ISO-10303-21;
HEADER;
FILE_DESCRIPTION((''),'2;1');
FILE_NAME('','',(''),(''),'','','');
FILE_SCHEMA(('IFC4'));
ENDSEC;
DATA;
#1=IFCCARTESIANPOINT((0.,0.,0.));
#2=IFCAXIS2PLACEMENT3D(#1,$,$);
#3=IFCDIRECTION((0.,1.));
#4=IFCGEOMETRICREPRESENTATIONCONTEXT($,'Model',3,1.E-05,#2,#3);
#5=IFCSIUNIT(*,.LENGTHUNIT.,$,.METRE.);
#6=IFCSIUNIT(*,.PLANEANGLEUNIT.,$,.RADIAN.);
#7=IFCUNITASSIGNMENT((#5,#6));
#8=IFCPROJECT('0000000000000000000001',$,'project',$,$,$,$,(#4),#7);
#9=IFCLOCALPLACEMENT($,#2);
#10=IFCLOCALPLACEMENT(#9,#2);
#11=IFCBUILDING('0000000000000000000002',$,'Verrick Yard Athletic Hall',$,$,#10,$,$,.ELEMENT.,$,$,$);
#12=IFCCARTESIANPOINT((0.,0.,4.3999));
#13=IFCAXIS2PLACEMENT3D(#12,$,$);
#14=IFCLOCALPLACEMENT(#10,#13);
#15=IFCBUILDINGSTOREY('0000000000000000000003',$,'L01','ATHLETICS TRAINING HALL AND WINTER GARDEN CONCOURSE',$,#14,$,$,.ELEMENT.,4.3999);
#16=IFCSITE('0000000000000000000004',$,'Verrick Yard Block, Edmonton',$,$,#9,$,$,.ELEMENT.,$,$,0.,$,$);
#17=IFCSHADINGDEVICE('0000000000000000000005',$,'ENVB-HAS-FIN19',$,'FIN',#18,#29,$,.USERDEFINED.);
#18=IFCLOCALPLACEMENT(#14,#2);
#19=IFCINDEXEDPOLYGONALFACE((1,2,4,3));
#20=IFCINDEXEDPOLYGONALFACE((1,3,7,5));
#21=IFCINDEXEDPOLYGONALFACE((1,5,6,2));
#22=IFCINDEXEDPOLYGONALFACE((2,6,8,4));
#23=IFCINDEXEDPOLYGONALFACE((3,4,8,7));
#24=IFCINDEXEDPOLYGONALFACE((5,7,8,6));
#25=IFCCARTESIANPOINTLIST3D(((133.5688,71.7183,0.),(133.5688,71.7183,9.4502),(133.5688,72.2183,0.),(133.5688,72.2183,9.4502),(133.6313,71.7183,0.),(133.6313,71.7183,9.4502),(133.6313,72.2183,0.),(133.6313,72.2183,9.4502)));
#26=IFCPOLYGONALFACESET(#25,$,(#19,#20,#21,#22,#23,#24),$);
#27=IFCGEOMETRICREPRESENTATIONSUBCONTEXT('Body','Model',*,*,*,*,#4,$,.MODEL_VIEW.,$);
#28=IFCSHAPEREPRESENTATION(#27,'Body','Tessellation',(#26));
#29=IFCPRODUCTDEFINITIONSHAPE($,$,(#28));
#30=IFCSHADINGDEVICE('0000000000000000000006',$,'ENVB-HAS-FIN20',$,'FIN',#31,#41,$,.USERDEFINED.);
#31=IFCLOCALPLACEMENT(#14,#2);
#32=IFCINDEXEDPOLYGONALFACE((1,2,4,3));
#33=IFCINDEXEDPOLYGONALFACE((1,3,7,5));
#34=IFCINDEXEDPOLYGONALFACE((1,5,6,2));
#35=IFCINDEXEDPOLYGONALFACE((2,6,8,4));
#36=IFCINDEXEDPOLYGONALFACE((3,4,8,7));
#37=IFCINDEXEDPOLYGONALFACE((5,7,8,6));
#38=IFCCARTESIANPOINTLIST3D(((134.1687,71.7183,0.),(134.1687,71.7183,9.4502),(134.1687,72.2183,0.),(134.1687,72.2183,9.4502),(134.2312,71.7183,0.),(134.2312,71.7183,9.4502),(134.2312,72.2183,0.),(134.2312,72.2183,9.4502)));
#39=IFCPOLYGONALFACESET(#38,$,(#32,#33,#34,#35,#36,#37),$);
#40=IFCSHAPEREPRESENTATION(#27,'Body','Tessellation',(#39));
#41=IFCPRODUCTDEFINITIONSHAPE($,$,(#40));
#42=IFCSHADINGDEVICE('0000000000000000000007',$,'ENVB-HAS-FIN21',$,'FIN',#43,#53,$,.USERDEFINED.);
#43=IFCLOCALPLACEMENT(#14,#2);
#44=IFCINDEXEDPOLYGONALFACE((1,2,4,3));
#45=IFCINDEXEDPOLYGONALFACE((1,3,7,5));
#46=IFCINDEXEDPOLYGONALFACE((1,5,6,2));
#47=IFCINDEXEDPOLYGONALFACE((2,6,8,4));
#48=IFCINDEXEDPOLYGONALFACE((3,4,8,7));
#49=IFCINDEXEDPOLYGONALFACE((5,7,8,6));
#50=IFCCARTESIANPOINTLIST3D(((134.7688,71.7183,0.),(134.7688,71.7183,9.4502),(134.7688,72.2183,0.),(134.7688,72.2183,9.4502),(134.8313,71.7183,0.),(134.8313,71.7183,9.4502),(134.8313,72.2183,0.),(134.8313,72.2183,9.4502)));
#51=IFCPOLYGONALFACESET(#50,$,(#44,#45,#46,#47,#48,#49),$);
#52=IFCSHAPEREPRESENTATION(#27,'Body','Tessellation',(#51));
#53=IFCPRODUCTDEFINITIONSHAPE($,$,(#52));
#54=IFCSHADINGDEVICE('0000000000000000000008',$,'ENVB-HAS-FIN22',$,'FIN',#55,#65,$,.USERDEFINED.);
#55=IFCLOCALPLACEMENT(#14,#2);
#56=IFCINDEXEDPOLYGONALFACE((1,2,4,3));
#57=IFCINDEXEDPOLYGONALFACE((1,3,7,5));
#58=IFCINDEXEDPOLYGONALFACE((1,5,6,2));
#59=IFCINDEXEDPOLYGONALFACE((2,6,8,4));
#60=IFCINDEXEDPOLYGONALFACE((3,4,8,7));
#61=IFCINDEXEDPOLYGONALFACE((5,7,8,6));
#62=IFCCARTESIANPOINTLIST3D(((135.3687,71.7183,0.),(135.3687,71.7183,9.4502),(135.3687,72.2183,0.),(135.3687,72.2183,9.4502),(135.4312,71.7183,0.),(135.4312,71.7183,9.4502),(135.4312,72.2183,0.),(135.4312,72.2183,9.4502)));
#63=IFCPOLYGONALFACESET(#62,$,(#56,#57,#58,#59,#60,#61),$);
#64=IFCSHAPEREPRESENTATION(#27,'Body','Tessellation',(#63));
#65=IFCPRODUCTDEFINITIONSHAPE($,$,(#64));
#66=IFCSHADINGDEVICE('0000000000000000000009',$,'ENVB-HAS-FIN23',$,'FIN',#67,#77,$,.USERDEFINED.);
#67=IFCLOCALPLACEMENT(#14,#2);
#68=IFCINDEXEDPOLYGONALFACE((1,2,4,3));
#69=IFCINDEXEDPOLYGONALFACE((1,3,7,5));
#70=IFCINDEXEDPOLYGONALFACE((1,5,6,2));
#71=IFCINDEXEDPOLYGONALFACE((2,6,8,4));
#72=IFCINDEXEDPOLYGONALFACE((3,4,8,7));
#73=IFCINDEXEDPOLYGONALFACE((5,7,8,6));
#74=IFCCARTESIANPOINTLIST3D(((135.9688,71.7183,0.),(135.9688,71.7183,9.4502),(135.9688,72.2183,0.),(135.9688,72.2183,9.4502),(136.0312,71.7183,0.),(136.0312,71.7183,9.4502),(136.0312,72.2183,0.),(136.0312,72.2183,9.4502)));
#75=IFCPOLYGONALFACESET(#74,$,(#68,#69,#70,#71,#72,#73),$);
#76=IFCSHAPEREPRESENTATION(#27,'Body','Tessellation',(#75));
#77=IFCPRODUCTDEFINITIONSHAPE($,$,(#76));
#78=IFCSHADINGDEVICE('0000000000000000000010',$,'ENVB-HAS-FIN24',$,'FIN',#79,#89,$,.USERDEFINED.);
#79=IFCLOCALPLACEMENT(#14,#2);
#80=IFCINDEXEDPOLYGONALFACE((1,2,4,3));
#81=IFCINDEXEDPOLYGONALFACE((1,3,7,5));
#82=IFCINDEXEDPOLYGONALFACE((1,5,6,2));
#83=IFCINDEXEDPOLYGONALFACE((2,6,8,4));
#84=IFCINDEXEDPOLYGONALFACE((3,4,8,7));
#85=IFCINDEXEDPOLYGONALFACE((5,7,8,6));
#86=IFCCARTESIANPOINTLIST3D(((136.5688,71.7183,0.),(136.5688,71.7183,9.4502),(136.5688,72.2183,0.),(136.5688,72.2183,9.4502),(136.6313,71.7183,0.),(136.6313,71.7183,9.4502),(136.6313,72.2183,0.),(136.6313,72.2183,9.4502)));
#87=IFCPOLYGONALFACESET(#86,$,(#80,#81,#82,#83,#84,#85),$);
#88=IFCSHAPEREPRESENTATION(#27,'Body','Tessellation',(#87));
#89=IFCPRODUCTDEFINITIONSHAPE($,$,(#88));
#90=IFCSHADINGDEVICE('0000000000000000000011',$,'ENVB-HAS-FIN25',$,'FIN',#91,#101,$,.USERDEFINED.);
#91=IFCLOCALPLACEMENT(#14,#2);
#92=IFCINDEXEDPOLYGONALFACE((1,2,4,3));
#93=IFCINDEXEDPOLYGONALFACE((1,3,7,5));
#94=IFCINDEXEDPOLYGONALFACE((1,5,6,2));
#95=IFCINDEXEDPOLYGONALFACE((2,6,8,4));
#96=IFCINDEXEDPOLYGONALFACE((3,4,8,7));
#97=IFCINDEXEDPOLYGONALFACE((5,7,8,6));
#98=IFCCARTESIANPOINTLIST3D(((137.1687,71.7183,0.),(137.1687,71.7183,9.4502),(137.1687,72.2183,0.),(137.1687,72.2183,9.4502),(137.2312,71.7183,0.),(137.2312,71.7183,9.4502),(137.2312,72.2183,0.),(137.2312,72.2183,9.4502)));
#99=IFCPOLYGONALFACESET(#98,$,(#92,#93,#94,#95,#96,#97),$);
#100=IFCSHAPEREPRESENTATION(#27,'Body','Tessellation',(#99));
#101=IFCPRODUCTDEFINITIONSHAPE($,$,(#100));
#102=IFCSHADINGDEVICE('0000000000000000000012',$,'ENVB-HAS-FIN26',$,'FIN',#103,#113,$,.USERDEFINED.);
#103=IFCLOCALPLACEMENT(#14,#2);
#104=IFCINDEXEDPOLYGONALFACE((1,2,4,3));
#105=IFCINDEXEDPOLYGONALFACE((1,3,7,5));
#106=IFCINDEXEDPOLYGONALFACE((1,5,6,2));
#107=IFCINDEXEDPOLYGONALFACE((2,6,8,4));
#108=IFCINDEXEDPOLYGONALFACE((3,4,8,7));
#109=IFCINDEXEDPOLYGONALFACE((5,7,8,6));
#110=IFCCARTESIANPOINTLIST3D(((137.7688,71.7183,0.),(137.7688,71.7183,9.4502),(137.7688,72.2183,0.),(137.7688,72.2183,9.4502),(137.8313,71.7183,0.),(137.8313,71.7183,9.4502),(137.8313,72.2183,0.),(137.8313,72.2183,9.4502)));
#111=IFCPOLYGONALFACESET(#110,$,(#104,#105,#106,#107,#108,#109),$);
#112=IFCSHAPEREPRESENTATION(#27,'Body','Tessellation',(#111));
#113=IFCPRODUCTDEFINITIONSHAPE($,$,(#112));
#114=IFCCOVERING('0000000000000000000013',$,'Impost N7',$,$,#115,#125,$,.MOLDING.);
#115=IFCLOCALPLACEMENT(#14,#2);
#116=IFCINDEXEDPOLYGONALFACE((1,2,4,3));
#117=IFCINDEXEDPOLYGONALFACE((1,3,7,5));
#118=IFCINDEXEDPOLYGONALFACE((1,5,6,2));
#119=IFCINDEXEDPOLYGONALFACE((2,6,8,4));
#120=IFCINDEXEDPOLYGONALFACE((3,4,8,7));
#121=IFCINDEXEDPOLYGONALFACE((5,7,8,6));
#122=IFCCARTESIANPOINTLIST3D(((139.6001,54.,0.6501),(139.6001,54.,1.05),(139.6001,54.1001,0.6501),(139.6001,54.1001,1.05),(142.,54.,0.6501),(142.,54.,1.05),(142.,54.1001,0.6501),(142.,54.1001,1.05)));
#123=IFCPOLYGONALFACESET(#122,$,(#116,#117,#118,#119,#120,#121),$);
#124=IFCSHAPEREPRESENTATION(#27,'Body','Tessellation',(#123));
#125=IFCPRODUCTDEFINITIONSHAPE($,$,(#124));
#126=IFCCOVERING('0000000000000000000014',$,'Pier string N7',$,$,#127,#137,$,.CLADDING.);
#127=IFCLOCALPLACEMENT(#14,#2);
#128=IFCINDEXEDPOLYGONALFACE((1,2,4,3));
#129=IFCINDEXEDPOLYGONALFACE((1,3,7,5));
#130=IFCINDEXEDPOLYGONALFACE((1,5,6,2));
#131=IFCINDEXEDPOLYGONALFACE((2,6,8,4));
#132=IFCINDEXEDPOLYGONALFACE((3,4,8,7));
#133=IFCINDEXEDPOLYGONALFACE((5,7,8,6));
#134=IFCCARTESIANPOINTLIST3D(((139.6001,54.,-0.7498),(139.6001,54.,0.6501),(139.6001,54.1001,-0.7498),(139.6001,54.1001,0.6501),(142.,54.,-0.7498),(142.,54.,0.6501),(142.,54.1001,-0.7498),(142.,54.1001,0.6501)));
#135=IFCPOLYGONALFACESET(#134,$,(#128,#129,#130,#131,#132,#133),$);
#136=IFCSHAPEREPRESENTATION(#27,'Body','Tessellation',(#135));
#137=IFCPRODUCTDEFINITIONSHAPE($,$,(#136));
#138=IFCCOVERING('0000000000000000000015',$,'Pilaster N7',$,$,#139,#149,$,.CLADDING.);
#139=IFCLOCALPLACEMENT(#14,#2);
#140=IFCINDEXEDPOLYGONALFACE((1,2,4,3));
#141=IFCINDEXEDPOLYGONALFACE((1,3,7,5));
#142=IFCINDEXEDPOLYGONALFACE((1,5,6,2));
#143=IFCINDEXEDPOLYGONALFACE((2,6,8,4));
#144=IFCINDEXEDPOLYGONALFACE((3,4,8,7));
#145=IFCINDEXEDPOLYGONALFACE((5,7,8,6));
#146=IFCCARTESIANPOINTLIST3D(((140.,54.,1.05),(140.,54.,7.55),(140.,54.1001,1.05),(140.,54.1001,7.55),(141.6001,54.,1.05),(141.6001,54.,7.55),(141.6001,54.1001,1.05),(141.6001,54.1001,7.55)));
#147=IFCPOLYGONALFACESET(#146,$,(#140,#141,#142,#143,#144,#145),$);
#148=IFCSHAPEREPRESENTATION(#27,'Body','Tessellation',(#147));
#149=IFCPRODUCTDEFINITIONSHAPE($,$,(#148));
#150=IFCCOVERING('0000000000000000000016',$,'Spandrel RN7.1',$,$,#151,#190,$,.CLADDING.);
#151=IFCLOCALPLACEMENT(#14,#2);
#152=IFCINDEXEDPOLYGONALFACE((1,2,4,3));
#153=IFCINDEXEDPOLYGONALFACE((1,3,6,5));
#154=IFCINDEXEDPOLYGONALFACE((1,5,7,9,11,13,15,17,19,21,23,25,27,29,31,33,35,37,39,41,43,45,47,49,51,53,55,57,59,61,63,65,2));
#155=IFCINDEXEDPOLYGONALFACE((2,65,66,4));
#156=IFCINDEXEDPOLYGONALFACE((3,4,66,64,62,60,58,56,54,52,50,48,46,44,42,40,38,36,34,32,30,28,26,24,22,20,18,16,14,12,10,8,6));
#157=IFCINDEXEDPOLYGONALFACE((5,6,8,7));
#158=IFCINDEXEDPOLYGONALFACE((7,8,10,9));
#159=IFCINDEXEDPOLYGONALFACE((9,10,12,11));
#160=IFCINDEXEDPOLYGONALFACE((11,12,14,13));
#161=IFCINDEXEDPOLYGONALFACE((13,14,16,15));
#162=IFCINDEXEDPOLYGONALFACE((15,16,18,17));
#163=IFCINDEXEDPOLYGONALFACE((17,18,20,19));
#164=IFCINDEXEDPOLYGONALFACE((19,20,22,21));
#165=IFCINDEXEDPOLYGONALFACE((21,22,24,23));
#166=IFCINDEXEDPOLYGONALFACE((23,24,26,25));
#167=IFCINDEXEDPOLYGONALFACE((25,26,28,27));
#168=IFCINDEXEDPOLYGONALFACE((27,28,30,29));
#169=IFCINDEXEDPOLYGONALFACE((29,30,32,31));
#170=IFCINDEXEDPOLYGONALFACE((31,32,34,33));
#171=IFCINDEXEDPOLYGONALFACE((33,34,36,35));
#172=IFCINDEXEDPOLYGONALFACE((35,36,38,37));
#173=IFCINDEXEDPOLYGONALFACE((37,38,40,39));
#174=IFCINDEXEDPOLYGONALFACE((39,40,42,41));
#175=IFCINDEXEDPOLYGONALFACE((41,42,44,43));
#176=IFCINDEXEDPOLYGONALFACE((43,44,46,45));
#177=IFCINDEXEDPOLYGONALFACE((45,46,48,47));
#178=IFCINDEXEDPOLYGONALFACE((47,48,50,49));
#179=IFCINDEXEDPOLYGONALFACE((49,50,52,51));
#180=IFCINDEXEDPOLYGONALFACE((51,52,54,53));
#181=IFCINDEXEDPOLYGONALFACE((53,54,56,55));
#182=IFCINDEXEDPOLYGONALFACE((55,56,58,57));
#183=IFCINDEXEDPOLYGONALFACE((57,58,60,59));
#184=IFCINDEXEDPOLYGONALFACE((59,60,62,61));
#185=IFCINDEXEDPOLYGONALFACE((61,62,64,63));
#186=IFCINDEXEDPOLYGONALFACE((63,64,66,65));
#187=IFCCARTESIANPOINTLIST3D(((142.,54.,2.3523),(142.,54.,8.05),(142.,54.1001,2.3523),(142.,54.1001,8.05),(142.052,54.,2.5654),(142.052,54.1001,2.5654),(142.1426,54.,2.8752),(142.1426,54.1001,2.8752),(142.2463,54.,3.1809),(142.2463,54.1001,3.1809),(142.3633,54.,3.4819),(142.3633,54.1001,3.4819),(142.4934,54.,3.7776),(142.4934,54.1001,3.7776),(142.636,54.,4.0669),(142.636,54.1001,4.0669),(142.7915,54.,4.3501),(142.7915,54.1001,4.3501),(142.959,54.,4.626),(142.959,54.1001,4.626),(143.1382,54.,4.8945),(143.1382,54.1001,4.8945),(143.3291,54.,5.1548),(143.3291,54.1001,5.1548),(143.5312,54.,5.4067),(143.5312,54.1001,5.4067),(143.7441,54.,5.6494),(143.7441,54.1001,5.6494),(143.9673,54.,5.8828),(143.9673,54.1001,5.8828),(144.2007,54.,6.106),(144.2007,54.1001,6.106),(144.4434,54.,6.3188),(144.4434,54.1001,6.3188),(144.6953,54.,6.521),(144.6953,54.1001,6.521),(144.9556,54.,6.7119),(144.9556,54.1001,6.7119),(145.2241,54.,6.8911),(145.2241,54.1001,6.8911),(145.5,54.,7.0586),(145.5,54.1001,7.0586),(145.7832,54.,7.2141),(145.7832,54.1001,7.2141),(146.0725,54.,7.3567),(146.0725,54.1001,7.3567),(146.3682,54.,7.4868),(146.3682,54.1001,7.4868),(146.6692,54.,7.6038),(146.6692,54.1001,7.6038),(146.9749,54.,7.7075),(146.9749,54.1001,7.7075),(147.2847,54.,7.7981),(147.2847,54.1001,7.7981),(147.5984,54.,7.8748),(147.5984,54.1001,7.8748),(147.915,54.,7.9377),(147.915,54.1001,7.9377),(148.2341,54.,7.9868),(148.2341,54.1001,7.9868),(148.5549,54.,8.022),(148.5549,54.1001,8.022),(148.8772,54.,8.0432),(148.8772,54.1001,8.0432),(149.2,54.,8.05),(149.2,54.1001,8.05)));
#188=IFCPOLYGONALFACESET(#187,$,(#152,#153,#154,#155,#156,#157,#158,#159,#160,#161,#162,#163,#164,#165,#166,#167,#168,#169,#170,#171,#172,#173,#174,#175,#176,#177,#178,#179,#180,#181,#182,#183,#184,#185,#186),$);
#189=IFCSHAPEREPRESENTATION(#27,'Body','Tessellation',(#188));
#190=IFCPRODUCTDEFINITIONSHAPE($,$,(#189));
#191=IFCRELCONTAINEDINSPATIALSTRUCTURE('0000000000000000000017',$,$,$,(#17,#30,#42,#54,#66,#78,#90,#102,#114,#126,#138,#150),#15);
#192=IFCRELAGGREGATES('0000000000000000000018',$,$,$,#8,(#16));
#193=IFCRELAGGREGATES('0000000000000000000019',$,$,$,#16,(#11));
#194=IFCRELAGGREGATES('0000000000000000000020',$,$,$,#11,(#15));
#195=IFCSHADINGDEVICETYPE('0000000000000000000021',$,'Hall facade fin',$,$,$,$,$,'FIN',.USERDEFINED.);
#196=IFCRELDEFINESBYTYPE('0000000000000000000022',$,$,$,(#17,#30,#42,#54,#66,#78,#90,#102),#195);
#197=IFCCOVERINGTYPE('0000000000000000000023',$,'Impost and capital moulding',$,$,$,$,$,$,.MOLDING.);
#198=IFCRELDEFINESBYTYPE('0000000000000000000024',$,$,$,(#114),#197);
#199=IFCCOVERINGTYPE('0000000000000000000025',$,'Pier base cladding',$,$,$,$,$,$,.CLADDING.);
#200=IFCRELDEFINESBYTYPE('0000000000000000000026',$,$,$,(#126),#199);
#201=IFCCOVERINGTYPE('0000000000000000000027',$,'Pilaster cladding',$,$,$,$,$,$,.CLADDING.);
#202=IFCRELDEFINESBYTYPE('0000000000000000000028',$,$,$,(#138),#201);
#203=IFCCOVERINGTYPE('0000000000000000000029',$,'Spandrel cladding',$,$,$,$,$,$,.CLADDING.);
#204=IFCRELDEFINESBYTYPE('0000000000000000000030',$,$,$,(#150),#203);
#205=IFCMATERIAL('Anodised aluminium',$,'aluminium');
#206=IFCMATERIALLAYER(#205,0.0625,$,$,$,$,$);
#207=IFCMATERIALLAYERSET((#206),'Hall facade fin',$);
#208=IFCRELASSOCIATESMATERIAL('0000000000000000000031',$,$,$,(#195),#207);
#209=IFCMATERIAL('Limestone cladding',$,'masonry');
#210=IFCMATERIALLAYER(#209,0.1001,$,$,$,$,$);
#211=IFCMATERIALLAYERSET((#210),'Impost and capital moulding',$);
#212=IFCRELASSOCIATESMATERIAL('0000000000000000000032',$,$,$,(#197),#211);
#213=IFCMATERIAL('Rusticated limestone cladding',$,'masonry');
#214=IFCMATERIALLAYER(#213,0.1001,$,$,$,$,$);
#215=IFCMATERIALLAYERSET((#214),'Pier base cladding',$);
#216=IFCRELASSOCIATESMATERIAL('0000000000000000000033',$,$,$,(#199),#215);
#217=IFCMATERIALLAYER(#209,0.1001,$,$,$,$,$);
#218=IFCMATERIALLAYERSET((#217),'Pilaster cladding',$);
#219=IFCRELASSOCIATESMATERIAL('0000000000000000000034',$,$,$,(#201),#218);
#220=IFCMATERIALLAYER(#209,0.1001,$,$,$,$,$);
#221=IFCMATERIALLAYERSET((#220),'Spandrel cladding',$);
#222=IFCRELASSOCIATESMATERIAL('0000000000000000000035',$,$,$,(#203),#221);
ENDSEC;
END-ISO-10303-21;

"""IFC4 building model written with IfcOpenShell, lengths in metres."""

from ifc_helpers import new_model, si_unit, direction, frame, origin, origin_2d, place, context, subcontext, project, spatial, polyline, rectangle, outline, extrude, material, layer, layer_set, type_object, element, save


model = new_model("IFC4")

# Units and contexts
model_context = context("Model", 3, precision=1e-05, world=origin(), true_north=direction((0.0, 1.0)))
body_context = subcontext(model_context, "Body", "Model", "MODEL_VIEW")
ifc_project = project(units=[si_unit("LENGTHUNIT", "METRE"), si_unit("PLANEANGLEUNIT", "RADIAN")], contexts=[model_context])

# Site, building, storey
site_placement = place(None, origin())
site = spatial("IfcSite", under=ifc_project, at=site_placement, Name="Verrick Yard Block, Edmonton", CompositionType="ELEMENT", RefElevation=0.0)
building_placement = place(site_placement, origin())
building = spatial("IfcBuilding", under=site, at=building_placement, Name="Verrick Yard Athletic Hall", CompositionType="ELEMENT")
storey_placement = place(building_placement, frame((0.0, 0.0, 4.3999)))
storey = spatial("IfcBuildingStorey", under=building, at=storey_placement, Name="L01", Description="ATHLETICS TRAINING HALL AND WINTER GARDEN CONCOURSE", CompositionType="ELEMENT", Elevation=4.3999)

# Shared definitions
ifc_material_1 = material(Name="Anodised aluminium", Category="aluminium")

# Shared definitions
ifc_material_2 = material(Name="Limestone cladding", Category="masonry")

# Shading devices
ifc_layer_1 = layer(ifc_material_1, 0.0625)
ifc_layer_set_1 = layer_set([ifc_layer_1], Name="Hall facade fin")
shading_device_type_1 = type_object("IfcShadingDeviceType", Name="Hall facade fin", ElementType="FIN", PredefinedType="USERDEFINED", material=ifc_layer_set_1)
for number, where, z_axis, x_axis, name in (
    (1, (133.6001, 71.7183, 0.0), (0.0, 0.0, 1.0), (0.0, 1.0, 0.0), "ENVB-HAS-FIN19"),
    (2, (134.2, 71.7183, 0.0), (0.0, 0.0, 1.0), (0.0, 1.0, 0.0), "ENVB-HAS-FIN20"),
    (3, (134.8, 71.7183, 0.0), (0.0, 0.0, 1.0), (0.0, 1.0, 0.0), "ENVB-HAS-FIN21"),
    (4, (135.3999, 71.7183, 0.0), (0.0, 0.0, 1.0), (0.0, 1.0, 0.0), "ENVB-HAS-FIN22"),
    (5, (136.0, 71.7183, 0.0), (0.0, 0.0, 1.0), (0.0, 1.0, 0.0), "ENVB-HAS-FIN23"),
    (6, (136.6001, 71.7183, 0.0), (0.0, 0.0, 1.0), (0.0, 1.0, 0.0), "ENVB-HAS-FIN24"),
    (7, (137.2, 71.7183, 0.0), (0.0, 0.0, 1.0), (0.0, 1.0, 0.0), "ENVB-HAS-FIN25"),
    (8, (137.8, 71.7183, 0.0), (0.0, 0.0, 1.0), (0.0, 1.0, 0.0), "ENVB-HAS-FIN26"),
):
    element("IfcShadingDevice", number, at=place(storey_placement, frame(where, z_axis=z_axis, x_axis=x_axis)), inside=storey, type_object=shading_device_type_1, Name=name, ObjectType="FIN", PredefinedType="USERDEFINED", context=body_context, shape_type="SweptSolid", body=[
        extrude(outline(polyline([(0.0, 0.0), (0.5, 0.0), (0.5, 9.4502), (0.0, 9.4502), (0.0, 0.0)])), frame((0.0, 0.0312, 0.0), z_axis=(0.0, -1.0, 0.0), x_axis=(1.0, 0.0, 0.0)), (0.0, 0.0, 1.0), 0.0625),
    ])

# Coverings
ifc_layer_2 = layer(ifc_material_2, 0.1001)
ifc_layer_set_2 = layer_set([ifc_layer_2], Name="Impost and capital moulding")
covering_type_1 = type_object("IfcCoveringType", Name="Impost and capital moulding", PredefinedType="MOLDING", material=ifc_layer_set_2)
covering_1_placement = place(storey_placement, frame((140.8, 54.05, 0.6501), z_axis=(0.0, 0.0, 1.0), x_axis=(1.0, 0.0, 0.0)))
element("IfcCovering", 9, at=covering_1_placement, inside=storey, type_object=covering_type_1, Name="Impost N7", PredefinedType="MOLDING", context=body_context, shape_type="SweptSolid", body=[
    extrude(rectangle(XDim=2.3999, YDim=0.1001, at=origin_2d()), origin(), (0.0, 0.0, 1.0), 0.3999),
])
ifc_material_3 = material(Name="Rusticated limestone cladding", Category="masonry")
ifc_layer_3 = layer(ifc_material_3, 0.1001)
ifc_layer_set_3 = layer_set([ifc_layer_3], Name="Pier base cladding")
covering_type_2 = type_object("IfcCoveringType", Name="Pier base cladding", PredefinedType="CLADDING", material=ifc_layer_set_3)
covering_2_placement = place(storey_placement, frame((140.8, 54.05, -0.7498), z_axis=(0.0, 0.0, 1.0), x_axis=(1.0, 0.0, 0.0)))
element("IfcCovering", 10, at=covering_2_placement, inside=storey, type_object=covering_type_2, Name="Pier string N7", PredefinedType="CLADDING", context=body_context, shape_type="SweptSolid", body=[
    extrude(rectangle(XDim=2.3999, YDim=0.1001, at=origin_2d()), origin(), (0.0, 0.0, 1.0), 1.3999),
])
ifc_layer_4 = layer(ifc_material_2, 0.1001)
ifc_layer_set_4 = layer_set([ifc_layer_4], Name="Pilaster cladding")
covering_type_3 = type_object("IfcCoveringType", Name="Pilaster cladding", PredefinedType="CLADDING", material=ifc_layer_set_4)
covering_3_placement = place(storey_placement, frame((140.8, 54.05, 1.05), z_axis=(0.0, 0.0, 1.0), x_axis=(1.0, 0.0, 0.0)))
element("IfcCovering", 11, at=covering_3_placement, inside=storey, type_object=covering_type_3, Name="Pilaster N7", PredefinedType="CLADDING", context=body_context, shape_type="SweptSolid", body=[
    extrude(rectangle(XDim=1.6001, YDim=0.1001, at=origin_2d()), origin(), (0.0, 0.0, 1.0), 6.5),
])
ifc_layer_5 = layer(ifc_material_2, 0.1001)
ifc_layer_set_5 = layer_set([ifc_layer_5], Name="Spandrel cladding")
covering_type_4 = type_object("IfcCoveringType", Name="Spandrel cladding", PredefinedType="CLADDING", material=ifc_layer_set_5)
covering_4_placement = place(storey_placement, frame((142.0, 54.05, 2.3523), z_axis=(0.0, 0.0, 1.0), x_axis=(1.0, 0.0, 0.0)))
element("IfcCovering", 12, at=covering_4_placement, inside=storey, type_object=covering_type_4, Name="Spandrel RN7.1", PredefinedType="CLADDING", context=body_context, shape_type="SweptSolid", body=[
    extrude(outline(polyline([(0.0, 0.0), (0.052, 0.2131), (0.1426, 0.5229), (0.2463, 0.8286), (0.3633, 1.1296), (0.4934, 1.4253), (0.636, 1.7146), (0.7915, 1.9978), (0.959, 2.2737), (1.1382, 2.5422), (1.3291, 2.8025), (1.5312, 3.0544), (1.7441, 3.2971), (1.9673, 3.5305), (2.2007, 3.7537), (2.4434, 3.9666), (2.6953, 4.1687), (2.9556, 4.3596), (3.2241, 4.5388), (3.5, 4.7063), (3.7832, 4.8618), (4.0725, 5.0044), (4.3682, 5.1345), (4.6692, 5.2515), (4.9749, 5.3552), (5.2847, 5.4458), (5.5984, 5.5225), (5.915, 5.5854), (6.2341, 5.6345), (6.5549, 5.6697), (6.8772, 5.6909), (7.2, 5.6978), (0.0, 5.6978), (0.0, 0.0)])), frame((0.0, 0.05, 0.0), z_axis=(0.0, -1.0, 0.0), x_axis=(1.0, 0.0, 0.0)), (0.0, 0.0, 1.0), 0.1001),
])

save(model, "model.ifc")
